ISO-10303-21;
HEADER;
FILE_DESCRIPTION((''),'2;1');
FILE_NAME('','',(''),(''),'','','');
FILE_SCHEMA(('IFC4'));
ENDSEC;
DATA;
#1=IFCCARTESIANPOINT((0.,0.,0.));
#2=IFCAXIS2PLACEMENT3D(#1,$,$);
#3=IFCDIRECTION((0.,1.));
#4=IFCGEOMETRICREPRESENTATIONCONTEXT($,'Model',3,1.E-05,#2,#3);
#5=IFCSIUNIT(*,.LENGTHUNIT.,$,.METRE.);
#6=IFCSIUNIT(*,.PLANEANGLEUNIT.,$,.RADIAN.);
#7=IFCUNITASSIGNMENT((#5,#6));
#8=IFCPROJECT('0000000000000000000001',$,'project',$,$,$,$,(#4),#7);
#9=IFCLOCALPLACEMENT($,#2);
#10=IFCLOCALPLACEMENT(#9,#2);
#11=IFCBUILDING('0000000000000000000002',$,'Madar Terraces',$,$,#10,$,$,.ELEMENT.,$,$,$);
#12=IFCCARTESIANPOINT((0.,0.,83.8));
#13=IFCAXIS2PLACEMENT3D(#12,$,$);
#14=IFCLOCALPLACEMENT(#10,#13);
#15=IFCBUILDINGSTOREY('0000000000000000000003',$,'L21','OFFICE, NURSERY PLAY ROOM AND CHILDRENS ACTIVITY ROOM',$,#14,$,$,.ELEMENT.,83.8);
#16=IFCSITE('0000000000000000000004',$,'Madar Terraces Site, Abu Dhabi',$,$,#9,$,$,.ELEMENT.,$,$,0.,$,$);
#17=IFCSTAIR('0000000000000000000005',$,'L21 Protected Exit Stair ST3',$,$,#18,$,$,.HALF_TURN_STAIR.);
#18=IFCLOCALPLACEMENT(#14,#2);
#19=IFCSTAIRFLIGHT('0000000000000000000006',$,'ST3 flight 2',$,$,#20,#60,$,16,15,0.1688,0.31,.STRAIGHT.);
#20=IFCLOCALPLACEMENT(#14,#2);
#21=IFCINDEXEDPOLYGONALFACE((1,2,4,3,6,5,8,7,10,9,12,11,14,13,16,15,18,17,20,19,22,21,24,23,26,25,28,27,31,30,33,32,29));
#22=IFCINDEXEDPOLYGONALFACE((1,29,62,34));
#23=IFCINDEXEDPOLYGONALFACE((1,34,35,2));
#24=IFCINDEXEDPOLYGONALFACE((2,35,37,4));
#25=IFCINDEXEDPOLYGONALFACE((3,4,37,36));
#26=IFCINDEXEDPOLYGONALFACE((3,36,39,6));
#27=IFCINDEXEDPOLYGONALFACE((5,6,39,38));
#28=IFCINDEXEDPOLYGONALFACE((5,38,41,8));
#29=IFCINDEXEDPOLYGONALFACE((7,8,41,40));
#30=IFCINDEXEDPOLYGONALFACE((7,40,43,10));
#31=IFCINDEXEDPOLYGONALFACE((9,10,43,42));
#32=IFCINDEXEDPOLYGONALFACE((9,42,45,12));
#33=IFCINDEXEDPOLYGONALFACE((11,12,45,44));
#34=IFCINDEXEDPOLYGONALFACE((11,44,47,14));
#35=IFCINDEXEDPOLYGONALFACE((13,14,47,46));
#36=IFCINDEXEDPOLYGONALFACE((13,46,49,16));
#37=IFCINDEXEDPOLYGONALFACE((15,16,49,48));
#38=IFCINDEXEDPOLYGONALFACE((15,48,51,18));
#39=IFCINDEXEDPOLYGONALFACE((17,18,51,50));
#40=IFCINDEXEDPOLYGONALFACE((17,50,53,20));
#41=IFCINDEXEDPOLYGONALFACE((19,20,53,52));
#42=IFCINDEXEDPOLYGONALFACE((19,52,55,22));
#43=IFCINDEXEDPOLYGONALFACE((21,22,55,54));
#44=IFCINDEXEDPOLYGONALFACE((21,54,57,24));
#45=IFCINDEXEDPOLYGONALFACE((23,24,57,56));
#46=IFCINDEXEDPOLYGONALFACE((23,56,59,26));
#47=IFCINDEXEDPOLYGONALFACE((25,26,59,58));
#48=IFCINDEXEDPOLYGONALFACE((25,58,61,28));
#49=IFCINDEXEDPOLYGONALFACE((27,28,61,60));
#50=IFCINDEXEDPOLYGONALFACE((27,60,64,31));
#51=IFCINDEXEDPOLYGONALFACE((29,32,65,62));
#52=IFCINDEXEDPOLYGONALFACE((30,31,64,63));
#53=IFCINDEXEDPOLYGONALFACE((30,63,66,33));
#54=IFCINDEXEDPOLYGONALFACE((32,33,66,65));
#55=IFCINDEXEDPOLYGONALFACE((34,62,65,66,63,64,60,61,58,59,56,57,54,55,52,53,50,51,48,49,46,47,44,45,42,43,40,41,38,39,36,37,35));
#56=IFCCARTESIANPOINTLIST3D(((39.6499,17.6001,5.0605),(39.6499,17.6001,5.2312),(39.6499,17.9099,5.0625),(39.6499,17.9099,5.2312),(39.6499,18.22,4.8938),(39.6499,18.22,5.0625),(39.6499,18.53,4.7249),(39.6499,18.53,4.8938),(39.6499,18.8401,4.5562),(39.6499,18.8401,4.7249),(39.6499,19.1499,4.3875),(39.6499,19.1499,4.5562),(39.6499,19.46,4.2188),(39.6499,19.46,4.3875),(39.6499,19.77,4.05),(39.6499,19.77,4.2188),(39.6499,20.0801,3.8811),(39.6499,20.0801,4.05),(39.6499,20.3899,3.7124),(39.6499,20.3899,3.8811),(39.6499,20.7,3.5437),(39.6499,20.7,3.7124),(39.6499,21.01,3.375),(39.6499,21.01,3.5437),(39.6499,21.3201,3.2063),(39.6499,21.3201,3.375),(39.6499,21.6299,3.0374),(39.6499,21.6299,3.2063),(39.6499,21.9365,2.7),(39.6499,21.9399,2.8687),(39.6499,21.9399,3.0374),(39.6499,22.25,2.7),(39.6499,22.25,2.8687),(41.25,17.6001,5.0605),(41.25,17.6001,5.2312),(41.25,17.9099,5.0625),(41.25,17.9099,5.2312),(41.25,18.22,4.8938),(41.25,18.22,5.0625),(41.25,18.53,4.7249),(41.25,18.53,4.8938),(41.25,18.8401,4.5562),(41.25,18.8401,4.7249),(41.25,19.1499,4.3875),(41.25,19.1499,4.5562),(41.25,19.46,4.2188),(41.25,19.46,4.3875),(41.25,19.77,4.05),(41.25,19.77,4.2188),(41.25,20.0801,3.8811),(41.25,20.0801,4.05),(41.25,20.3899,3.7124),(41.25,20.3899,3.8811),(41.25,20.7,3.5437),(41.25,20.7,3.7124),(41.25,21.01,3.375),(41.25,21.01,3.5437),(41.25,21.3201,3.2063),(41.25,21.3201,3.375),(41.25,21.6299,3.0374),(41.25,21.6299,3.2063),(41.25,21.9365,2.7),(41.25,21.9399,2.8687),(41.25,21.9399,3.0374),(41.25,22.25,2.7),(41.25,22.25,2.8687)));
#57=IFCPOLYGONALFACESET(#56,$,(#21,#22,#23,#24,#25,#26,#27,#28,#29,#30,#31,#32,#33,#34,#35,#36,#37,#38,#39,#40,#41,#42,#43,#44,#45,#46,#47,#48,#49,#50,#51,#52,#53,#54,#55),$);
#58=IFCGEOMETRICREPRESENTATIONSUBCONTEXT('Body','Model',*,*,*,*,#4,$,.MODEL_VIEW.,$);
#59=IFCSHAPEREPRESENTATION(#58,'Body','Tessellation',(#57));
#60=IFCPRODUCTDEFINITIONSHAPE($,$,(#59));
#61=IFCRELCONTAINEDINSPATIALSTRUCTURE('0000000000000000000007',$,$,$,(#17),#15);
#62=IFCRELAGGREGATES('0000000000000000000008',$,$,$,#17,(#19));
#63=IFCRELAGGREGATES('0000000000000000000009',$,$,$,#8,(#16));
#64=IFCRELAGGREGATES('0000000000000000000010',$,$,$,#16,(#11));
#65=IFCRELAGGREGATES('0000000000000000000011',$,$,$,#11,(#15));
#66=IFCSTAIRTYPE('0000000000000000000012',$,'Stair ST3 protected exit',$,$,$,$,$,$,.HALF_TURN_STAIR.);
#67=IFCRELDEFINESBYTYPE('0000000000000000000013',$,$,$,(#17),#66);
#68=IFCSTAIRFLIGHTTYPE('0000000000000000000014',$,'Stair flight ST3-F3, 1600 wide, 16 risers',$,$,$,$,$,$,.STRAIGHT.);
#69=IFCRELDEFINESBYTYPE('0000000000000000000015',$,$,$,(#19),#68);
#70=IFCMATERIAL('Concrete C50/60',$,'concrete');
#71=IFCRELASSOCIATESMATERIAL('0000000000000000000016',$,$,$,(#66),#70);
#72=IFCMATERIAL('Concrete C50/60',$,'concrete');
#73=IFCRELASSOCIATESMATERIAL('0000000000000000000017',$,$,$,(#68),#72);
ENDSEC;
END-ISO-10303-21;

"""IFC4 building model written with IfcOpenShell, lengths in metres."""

from ifc_helpers import new_model, si_unit, direction, frame, origin, place, context, subcontext, project, spatial, polyline, outline, extrude, material, type_object, element, aggregate, save


model = new_model("IFC4")

# Units and contexts
model_context = context("Model", 3, precision=1e-05, world=origin(), true_north=direction((0.0, 1.0)))
body_context = subcontext(model_context, "Body", "Model", "MODEL_VIEW")
ifc_project = project(units=[si_unit("LENGTHUNIT", "METRE"), si_unit("PLANEANGLEUNIT", "RADIAN")], contexts=[model_context])

# Site, building, storey
site_placement = place(None, origin())
site = spatial("IfcSite", under=ifc_project, at=site_placement, Name="Madar Terraces Site, Abu Dhabi", CompositionType="ELEMENT", RefElevation=0.0)
building_placement = place(site_placement, origin())
building = spatial("IfcBuilding", under=site, at=building_placement, Name="Madar Terraces", CompositionType="ELEMENT")
storey_placement = place(building_placement, frame((0.0, 0.0, 83.8)))
storey = spatial("IfcBuildingStorey", under=building, at=storey_placement, Name="L21", Description="OFFICE, NURSERY PLAY ROOM AND CHILDRENS ACTIVITY ROOM", CompositionType="ELEMENT", Elevation=83.8)

# Stair, stair flight
ifc_material_1 = material(Name="Concrete C50/60", Category="concrete")
stair_type = type_object("IfcStairType", Name="Stair ST3 protected exit", PredefinedType="HALF_TURN_STAIR", material=ifc_material_1)
stair_placement = place(storey_placement, origin())
stair = element("IfcStair", 1, at=stair_placement, inside=storey, type_object=stair_type, Name="L21 Protected Exit Stair ST3", PredefinedType="HALF_TURN_STAIR")
ifc_material_2 = material(Name="Concrete C50/60", Category="concrete")
stair_flight_type = type_object("IfcStairFlightType", Name="Stair flight ST3-F3, 1600 wide, 16 risers", PredefinedType="STRAIGHT", material=ifc_material_2)
stair_flight_1_placement = place(storey_placement, frame((40.45, 22.25, 2.7), z_axis=(0.0, 0.0, 1.0), x_axis=(0.0, -1.0, 0.0)))
stair_flight_1 = element("IfcStairFlight", 2, at=stair_flight_1_placement, type_object=stair_flight_type, Name="ST3 flight 2", NumberOfRisers=16, NumberOfTreads=15, PredefinedType="STRAIGHT", RiserHeight=0.1688, TreadLength=0.31, context=body_context, shape_type="SweptSolid", body=[
    extrude(outline(polyline([(0.0, 0.0), (0.0, 0.1687), (0.3101, 0.1687), (0.3101, 0.3374), (0.6201, 0.3374), (0.6201, 0.5063), (0.9299, 0.5063), (0.9299, 0.675), (1.24, 0.675), (1.24, 0.8438), (1.55, 0.8438), (1.55, 1.0125), (1.8601, 1.0125), (1.8601, 1.1812), (2.1699, 1.1812), (2.1699, 1.3501), (2.48, 1.3501), (2.48, 1.5188), (2.79, 1.5188), (2.79, 1.6875), (3.1001, 1.6875), (3.1001, 1.8562), (3.4099, 1.8562), (3.4099, 2.0249), (3.72, 2.0249), (3.72, 2.1938), (4.03, 2.1938), (4.03, 2.3625), (4.3401, 2.3625), (4.3401, 2.5312), (4.6499, 2.5312), (4.6499, 2.7), (4.6499, 2.3606), (0.3135, 0.0), (0.0, 0.0)])), frame((0.0, 0.8, 0.0), z_axis=(0.0, -1.0, 0.0), x_axis=(1.0, 0.0, 0.0)), (0.0, 0.0, 1.0), 1.6001),
])
aggregate(stair, [stair_flight_1])

save(model, "model.ifc")
